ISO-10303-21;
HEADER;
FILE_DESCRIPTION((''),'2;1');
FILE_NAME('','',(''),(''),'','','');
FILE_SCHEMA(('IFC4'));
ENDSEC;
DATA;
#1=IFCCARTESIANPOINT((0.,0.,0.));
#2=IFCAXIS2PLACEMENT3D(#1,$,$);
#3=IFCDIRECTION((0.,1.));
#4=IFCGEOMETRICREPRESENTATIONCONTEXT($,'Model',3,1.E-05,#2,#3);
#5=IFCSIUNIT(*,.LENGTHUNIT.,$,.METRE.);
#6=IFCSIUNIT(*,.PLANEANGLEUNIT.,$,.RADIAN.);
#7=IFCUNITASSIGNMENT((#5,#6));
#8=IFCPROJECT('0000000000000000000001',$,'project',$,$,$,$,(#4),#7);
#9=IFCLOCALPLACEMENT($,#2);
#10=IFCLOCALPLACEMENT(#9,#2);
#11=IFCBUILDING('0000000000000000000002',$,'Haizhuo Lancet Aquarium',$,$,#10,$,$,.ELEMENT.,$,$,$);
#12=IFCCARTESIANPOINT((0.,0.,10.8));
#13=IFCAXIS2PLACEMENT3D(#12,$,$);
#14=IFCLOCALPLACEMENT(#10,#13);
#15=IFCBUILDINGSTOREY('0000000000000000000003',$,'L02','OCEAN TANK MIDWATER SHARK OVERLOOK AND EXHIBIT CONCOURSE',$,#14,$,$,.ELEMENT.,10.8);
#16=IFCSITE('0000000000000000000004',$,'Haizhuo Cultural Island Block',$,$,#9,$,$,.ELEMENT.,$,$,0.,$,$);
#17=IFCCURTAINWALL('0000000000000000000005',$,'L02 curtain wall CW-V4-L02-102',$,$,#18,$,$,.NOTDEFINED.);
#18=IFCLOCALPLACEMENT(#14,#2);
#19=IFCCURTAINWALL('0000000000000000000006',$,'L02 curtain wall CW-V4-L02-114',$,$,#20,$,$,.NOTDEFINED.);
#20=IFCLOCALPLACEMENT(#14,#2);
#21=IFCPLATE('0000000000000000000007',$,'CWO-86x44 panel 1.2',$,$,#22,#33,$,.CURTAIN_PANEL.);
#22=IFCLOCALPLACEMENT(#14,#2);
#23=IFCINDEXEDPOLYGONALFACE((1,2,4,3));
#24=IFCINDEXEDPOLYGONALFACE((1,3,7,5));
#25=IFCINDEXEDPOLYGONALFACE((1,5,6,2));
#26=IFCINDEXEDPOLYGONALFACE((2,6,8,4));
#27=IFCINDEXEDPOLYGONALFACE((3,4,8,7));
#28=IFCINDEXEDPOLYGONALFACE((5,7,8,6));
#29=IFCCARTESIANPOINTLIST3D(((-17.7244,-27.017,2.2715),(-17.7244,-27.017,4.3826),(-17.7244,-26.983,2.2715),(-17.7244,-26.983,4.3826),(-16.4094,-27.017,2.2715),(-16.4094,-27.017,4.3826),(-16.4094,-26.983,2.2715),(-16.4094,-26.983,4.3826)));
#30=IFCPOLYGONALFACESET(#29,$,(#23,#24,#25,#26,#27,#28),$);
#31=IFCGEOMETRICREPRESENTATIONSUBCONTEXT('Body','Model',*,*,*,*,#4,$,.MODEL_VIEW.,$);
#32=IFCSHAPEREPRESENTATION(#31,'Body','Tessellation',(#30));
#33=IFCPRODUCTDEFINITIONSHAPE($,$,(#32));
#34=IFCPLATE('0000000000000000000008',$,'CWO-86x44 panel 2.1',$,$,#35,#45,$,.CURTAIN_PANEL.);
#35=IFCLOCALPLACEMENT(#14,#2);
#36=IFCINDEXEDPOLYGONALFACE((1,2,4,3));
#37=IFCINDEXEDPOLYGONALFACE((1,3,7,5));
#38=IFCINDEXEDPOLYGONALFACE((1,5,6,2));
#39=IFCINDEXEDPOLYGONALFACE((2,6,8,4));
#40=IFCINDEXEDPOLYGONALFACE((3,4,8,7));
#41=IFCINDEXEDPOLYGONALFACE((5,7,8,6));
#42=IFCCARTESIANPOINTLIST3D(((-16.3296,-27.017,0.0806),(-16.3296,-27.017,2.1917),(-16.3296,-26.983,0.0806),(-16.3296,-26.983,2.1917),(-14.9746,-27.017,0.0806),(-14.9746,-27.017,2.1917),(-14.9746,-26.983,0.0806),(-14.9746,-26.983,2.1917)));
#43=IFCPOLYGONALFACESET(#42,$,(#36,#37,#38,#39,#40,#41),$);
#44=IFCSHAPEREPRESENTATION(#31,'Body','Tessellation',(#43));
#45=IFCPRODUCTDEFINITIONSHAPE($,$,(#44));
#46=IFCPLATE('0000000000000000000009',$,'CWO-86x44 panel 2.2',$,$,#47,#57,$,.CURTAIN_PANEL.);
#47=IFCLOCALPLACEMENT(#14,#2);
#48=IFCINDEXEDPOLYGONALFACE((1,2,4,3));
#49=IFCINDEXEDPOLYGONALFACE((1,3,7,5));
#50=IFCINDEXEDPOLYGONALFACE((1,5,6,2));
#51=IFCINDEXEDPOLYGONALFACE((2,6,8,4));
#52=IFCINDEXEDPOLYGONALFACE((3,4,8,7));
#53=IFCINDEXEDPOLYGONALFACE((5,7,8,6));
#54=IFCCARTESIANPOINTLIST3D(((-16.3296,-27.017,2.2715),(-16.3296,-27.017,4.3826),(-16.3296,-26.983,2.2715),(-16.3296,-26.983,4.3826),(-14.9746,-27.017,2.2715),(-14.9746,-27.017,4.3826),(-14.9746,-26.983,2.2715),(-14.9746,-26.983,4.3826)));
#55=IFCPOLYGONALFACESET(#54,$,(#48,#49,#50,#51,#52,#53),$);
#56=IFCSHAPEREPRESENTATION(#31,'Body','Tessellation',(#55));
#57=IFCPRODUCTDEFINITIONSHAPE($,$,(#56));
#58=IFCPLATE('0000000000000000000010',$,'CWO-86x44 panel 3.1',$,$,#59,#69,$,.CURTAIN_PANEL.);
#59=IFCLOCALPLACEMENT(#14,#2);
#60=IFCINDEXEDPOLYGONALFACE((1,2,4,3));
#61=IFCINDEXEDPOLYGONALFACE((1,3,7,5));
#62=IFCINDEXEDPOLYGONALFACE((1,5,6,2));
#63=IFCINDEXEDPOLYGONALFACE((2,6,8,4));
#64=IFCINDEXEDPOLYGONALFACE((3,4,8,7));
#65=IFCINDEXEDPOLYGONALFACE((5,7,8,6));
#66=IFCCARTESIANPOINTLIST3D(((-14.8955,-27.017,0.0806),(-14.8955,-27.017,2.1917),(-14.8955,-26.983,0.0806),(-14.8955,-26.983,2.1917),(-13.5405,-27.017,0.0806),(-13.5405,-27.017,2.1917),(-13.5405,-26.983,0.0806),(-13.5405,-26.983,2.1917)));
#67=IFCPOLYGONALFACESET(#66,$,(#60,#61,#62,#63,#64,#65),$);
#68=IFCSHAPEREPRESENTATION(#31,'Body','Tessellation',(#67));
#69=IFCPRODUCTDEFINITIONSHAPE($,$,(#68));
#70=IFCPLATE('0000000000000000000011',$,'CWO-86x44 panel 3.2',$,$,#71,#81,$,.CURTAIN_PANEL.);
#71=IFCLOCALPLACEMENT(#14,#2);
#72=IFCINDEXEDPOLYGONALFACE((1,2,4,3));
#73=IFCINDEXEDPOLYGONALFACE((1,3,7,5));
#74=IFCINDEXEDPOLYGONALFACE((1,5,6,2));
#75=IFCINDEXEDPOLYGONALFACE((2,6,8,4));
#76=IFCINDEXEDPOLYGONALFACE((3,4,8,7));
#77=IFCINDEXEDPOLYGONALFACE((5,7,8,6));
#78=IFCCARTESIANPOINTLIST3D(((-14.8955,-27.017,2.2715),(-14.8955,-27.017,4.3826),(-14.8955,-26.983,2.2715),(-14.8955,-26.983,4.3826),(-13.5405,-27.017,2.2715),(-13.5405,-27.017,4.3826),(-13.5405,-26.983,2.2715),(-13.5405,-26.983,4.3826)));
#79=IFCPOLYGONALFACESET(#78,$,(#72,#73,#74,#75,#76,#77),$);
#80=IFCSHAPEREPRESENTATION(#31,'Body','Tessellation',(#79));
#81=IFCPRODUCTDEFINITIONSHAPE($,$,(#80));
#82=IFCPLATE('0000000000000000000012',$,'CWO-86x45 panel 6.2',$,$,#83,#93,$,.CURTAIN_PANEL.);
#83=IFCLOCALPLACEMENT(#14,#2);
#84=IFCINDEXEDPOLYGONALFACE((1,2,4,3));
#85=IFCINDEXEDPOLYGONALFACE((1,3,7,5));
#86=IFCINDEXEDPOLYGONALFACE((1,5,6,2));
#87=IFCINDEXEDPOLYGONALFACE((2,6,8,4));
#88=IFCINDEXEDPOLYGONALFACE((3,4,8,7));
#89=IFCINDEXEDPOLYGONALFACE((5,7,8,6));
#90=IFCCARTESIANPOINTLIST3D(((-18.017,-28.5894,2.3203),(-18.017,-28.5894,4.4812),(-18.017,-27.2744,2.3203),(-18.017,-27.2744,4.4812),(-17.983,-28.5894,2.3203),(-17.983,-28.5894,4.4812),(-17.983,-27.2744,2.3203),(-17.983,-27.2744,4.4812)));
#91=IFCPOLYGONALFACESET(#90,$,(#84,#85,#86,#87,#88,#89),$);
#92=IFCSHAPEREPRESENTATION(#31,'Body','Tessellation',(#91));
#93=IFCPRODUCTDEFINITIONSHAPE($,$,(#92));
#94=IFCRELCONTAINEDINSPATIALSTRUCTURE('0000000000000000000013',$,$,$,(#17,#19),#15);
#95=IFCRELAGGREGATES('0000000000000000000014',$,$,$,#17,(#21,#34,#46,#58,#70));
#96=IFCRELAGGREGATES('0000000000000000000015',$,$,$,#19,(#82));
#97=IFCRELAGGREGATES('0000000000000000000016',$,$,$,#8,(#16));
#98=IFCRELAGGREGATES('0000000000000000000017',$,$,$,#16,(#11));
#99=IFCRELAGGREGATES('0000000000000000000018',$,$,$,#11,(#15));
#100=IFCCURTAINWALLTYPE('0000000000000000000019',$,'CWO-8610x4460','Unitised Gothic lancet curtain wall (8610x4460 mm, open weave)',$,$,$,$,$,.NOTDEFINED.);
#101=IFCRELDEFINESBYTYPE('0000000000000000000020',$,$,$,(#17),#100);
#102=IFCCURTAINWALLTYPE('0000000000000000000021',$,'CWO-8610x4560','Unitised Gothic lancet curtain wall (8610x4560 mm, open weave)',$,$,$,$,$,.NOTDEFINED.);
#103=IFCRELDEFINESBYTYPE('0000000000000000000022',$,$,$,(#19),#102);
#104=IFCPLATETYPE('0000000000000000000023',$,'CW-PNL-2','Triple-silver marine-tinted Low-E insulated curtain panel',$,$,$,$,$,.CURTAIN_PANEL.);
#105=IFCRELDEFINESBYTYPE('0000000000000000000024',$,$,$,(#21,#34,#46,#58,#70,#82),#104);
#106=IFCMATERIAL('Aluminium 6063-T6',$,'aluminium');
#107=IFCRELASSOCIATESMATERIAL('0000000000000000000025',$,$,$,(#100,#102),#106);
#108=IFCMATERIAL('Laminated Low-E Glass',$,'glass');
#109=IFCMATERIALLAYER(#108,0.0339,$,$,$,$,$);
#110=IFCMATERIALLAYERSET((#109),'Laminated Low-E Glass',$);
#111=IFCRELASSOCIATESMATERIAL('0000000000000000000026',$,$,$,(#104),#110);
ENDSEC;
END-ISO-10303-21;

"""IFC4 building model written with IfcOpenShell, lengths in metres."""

from ifc_helpers import new_model, si_unit, direction, frame, origin, origin_2d, place, context, subcontext, project, spatial, rectangle, extrude, material, layer, layer_set, type_object, element, aggregate, save


model = new_model("IFC4")

# Units and contexts
model_context = context("Model", 3, precision=1e-05, world=origin(), true_north=direction((0.0, 1.0)))
body_context = subcontext(model_context, "Body", "Model", "MODEL_VIEW")
ifc_project = project(units=[si_unit("LENGTHUNIT", "METRE"), si_unit("PLANEANGLEUNIT", "RADIAN")], contexts=[model_context])

# Site, building, storey
site_placement = place(None, origin())
site = spatial("IfcSite", under=ifc_project, at=site_placement, Name="Haizhuo Cultural Island Block", CompositionType="ELEMENT", RefElevation=0.0)
building_placement = place(site_placement, origin())
building = spatial("IfcBuilding", under=site, at=building_placement, Name="Haizhuo Lancet Aquarium", CompositionType="ELEMENT")
storey_placement = place(building_placement, frame((0.0, 0.0, 10.8)))
storey = spatial("IfcBuildingStorey", under=building, at=storey_placement, Name="L02", Description="OCEAN TANK MIDWATER SHARK OVERLOOK AND EXHIBIT CONCOURSE", CompositionType="ELEMENT", Elevation=10.8)

# Curtain wall
ifc_material_1 = material(Name="Aluminium 6063-T6", Category="aluminium")
curtain_wall_type_1 = type_object("IfcCurtainWallType", Name="CWO-8610x4460", Description="Unitised Gothic lancet curtain wall (8610x4460 mm, open weave)", PredefinedType="NOTDEFINED", material=ifc_material_1)
curtain_wall_1_placement = place(storey_placement, origin())
curtain_wall_1 = element("IfcCurtainWall", 1, at=curtain_wall_1_placement, inside=storey, type_object=curtain_wall_type_1, Name="L02 curtain wall CW-V4-L02-102", PredefinedType="NOTDEFINED")

# Curtain wall
curtain_wall_type_2 = type_object("IfcCurtainWallType", Name="CWO-8610x4560", Description="Unitised Gothic lancet curtain wall (8610x4560 mm, open weave)", PredefinedType="NOTDEFINED", material=ifc_material_1)
curtain_wall_2_placement = place(storey_placement, origin())
curtain_wall_2 = element("IfcCurtainWall", 2, at=curtain_wall_2_placement, inside=storey, type_object=curtain_wall_type_2, Name="L02 curtain wall CW-V4-L02-114", PredefinedType="NOTDEFINED")

# Plates
ifc_material_2 = material(Name="Laminated Low-E Glass", Category="glass")
ifc_layer = layer(ifc_material_2, 0.0339)
ifc_layer_set = layer_set([ifc_layer], Name="Laminated Low-E Glass")
plate_type = type_object("IfcPlateType", Name="CW-PNL-2", Description="Triple-silver marine-tinted Low-E insulated curtain panel", PredefinedType="CURTAIN_PANEL", material=ifc_layer_set)
plate_1_placement = place(storey_placement, frame((-17.0669, -27.0, 2.2715), z_axis=(0.0, 0.0, 1.0), x_axis=(1.0, 0.0, 0.0)))
plate_1 = element("IfcPlate", 3, at=plate_1_placement, type_object=plate_type, Name="CWO-86x44 panel 1.2", PredefinedType="CURTAIN_PANEL", context=body_context, shape_type="SweptSolid", body=[
    extrude(rectangle(XDim=1.3149, YDim=0.0339, at=origin_2d()), origin(), (0.0, 0.0, 1.0), 2.1111),
])
plate_2_placement = place(storey_placement, frame((-15.6521, -27.0, 0.0806), z_axis=(0.0, 0.0, 1.0), x_axis=(1.0, 0.0, 0.0)))
plate_2 = element("IfcPlate", 4, at=plate_2_placement, type_object=plate_type, Name="CWO-86x44 panel 2.1", PredefinedType="CURTAIN_PANEL", context=body_context, shape_type="SweptSolid", body=[
    extrude(rectangle(XDim=1.355, YDim=0.0339, at=origin_2d()), origin(), (0.0, 0.0, 1.0), 2.1111),
])
plate_3_placement = place(storey_placement, frame((-15.6521, -27.0, 2.2715), z_axis=(0.0, 0.0, 1.0), x_axis=(1.0, 0.0, 0.0)))
plate_3 = element("IfcPlate", 5, at=plate_3_placement, type_object=plate_type, Name="CWO-86x44 panel 2.2", PredefinedType="CURTAIN_PANEL", context=body_context, shape_type="SweptSolid", body=[
    extrude(rectangle(XDim=1.355, YDim=0.0339, at=origin_2d()), origin(), (0.0, 0.0, 1.0), 2.1111),
])
plate_4_placement = place(storey_placement, frame((-14.218, -27.0, 0.0806), z_axis=(0.0, 0.0, 1.0), x_axis=(1.0, 0.0, 0.0)))
plate_4 = element("IfcPlate", 6, at=plate_4_placement, type_object=plate_type, Name="CWO-86x44 panel 3.1", PredefinedType="CURTAIN_PANEL", context=body_context, shape_type="SweptSolid", body=[
    extrude(rectangle(XDim=1.355, YDim=0.0339, at=origin_2d()), origin(), (0.0, 0.0, 1.0), 2.1111),
])
plate_5_placement = place(storey_placement, frame((-14.218, -27.0, 2.2715), z_axis=(0.0, 0.0, 1.0), x_axis=(1.0, 0.0, 0.0)))
plate_5 = element("IfcPlate", 7, at=plate_5_placement, type_object=plate_type, Name="CWO-86x44 panel 3.2", PredefinedType="CURTAIN_PANEL", context=body_context, shape_type="SweptSolid", body=[
    extrude(rectangle(XDim=1.355, YDim=0.0339, at=origin_2d()), origin(), (0.0, 0.0, 1.0), 2.1111),
])
aggregate(curtain_wall_1, [plate_1, plate_2, plate_3, plate_4, plate_5])
plate_6_placement = place(storey_placement, frame((-18.0, -27.9319, 2.3203), z_axis=(0.0, 0.0, 1.0), x_axis=(0.0, 1.0, 0.0)))
plate_6 = element("IfcPlate", 8, at=plate_6_placement, type_object=plate_type, Name="CWO-86x45 panel 6.2", PredefinedType="CURTAIN_PANEL", context=body_context, shape_type="SweptSolid", body=[
    extrude(rectangle(XDim=1.3149, YDim=0.0339, at=origin_2d()), origin(), (0.0, 0.0, 1.0), 2.1609),
])
aggregate(curtain_wall_2, [plate_6])

save(model, "model.ifc")
